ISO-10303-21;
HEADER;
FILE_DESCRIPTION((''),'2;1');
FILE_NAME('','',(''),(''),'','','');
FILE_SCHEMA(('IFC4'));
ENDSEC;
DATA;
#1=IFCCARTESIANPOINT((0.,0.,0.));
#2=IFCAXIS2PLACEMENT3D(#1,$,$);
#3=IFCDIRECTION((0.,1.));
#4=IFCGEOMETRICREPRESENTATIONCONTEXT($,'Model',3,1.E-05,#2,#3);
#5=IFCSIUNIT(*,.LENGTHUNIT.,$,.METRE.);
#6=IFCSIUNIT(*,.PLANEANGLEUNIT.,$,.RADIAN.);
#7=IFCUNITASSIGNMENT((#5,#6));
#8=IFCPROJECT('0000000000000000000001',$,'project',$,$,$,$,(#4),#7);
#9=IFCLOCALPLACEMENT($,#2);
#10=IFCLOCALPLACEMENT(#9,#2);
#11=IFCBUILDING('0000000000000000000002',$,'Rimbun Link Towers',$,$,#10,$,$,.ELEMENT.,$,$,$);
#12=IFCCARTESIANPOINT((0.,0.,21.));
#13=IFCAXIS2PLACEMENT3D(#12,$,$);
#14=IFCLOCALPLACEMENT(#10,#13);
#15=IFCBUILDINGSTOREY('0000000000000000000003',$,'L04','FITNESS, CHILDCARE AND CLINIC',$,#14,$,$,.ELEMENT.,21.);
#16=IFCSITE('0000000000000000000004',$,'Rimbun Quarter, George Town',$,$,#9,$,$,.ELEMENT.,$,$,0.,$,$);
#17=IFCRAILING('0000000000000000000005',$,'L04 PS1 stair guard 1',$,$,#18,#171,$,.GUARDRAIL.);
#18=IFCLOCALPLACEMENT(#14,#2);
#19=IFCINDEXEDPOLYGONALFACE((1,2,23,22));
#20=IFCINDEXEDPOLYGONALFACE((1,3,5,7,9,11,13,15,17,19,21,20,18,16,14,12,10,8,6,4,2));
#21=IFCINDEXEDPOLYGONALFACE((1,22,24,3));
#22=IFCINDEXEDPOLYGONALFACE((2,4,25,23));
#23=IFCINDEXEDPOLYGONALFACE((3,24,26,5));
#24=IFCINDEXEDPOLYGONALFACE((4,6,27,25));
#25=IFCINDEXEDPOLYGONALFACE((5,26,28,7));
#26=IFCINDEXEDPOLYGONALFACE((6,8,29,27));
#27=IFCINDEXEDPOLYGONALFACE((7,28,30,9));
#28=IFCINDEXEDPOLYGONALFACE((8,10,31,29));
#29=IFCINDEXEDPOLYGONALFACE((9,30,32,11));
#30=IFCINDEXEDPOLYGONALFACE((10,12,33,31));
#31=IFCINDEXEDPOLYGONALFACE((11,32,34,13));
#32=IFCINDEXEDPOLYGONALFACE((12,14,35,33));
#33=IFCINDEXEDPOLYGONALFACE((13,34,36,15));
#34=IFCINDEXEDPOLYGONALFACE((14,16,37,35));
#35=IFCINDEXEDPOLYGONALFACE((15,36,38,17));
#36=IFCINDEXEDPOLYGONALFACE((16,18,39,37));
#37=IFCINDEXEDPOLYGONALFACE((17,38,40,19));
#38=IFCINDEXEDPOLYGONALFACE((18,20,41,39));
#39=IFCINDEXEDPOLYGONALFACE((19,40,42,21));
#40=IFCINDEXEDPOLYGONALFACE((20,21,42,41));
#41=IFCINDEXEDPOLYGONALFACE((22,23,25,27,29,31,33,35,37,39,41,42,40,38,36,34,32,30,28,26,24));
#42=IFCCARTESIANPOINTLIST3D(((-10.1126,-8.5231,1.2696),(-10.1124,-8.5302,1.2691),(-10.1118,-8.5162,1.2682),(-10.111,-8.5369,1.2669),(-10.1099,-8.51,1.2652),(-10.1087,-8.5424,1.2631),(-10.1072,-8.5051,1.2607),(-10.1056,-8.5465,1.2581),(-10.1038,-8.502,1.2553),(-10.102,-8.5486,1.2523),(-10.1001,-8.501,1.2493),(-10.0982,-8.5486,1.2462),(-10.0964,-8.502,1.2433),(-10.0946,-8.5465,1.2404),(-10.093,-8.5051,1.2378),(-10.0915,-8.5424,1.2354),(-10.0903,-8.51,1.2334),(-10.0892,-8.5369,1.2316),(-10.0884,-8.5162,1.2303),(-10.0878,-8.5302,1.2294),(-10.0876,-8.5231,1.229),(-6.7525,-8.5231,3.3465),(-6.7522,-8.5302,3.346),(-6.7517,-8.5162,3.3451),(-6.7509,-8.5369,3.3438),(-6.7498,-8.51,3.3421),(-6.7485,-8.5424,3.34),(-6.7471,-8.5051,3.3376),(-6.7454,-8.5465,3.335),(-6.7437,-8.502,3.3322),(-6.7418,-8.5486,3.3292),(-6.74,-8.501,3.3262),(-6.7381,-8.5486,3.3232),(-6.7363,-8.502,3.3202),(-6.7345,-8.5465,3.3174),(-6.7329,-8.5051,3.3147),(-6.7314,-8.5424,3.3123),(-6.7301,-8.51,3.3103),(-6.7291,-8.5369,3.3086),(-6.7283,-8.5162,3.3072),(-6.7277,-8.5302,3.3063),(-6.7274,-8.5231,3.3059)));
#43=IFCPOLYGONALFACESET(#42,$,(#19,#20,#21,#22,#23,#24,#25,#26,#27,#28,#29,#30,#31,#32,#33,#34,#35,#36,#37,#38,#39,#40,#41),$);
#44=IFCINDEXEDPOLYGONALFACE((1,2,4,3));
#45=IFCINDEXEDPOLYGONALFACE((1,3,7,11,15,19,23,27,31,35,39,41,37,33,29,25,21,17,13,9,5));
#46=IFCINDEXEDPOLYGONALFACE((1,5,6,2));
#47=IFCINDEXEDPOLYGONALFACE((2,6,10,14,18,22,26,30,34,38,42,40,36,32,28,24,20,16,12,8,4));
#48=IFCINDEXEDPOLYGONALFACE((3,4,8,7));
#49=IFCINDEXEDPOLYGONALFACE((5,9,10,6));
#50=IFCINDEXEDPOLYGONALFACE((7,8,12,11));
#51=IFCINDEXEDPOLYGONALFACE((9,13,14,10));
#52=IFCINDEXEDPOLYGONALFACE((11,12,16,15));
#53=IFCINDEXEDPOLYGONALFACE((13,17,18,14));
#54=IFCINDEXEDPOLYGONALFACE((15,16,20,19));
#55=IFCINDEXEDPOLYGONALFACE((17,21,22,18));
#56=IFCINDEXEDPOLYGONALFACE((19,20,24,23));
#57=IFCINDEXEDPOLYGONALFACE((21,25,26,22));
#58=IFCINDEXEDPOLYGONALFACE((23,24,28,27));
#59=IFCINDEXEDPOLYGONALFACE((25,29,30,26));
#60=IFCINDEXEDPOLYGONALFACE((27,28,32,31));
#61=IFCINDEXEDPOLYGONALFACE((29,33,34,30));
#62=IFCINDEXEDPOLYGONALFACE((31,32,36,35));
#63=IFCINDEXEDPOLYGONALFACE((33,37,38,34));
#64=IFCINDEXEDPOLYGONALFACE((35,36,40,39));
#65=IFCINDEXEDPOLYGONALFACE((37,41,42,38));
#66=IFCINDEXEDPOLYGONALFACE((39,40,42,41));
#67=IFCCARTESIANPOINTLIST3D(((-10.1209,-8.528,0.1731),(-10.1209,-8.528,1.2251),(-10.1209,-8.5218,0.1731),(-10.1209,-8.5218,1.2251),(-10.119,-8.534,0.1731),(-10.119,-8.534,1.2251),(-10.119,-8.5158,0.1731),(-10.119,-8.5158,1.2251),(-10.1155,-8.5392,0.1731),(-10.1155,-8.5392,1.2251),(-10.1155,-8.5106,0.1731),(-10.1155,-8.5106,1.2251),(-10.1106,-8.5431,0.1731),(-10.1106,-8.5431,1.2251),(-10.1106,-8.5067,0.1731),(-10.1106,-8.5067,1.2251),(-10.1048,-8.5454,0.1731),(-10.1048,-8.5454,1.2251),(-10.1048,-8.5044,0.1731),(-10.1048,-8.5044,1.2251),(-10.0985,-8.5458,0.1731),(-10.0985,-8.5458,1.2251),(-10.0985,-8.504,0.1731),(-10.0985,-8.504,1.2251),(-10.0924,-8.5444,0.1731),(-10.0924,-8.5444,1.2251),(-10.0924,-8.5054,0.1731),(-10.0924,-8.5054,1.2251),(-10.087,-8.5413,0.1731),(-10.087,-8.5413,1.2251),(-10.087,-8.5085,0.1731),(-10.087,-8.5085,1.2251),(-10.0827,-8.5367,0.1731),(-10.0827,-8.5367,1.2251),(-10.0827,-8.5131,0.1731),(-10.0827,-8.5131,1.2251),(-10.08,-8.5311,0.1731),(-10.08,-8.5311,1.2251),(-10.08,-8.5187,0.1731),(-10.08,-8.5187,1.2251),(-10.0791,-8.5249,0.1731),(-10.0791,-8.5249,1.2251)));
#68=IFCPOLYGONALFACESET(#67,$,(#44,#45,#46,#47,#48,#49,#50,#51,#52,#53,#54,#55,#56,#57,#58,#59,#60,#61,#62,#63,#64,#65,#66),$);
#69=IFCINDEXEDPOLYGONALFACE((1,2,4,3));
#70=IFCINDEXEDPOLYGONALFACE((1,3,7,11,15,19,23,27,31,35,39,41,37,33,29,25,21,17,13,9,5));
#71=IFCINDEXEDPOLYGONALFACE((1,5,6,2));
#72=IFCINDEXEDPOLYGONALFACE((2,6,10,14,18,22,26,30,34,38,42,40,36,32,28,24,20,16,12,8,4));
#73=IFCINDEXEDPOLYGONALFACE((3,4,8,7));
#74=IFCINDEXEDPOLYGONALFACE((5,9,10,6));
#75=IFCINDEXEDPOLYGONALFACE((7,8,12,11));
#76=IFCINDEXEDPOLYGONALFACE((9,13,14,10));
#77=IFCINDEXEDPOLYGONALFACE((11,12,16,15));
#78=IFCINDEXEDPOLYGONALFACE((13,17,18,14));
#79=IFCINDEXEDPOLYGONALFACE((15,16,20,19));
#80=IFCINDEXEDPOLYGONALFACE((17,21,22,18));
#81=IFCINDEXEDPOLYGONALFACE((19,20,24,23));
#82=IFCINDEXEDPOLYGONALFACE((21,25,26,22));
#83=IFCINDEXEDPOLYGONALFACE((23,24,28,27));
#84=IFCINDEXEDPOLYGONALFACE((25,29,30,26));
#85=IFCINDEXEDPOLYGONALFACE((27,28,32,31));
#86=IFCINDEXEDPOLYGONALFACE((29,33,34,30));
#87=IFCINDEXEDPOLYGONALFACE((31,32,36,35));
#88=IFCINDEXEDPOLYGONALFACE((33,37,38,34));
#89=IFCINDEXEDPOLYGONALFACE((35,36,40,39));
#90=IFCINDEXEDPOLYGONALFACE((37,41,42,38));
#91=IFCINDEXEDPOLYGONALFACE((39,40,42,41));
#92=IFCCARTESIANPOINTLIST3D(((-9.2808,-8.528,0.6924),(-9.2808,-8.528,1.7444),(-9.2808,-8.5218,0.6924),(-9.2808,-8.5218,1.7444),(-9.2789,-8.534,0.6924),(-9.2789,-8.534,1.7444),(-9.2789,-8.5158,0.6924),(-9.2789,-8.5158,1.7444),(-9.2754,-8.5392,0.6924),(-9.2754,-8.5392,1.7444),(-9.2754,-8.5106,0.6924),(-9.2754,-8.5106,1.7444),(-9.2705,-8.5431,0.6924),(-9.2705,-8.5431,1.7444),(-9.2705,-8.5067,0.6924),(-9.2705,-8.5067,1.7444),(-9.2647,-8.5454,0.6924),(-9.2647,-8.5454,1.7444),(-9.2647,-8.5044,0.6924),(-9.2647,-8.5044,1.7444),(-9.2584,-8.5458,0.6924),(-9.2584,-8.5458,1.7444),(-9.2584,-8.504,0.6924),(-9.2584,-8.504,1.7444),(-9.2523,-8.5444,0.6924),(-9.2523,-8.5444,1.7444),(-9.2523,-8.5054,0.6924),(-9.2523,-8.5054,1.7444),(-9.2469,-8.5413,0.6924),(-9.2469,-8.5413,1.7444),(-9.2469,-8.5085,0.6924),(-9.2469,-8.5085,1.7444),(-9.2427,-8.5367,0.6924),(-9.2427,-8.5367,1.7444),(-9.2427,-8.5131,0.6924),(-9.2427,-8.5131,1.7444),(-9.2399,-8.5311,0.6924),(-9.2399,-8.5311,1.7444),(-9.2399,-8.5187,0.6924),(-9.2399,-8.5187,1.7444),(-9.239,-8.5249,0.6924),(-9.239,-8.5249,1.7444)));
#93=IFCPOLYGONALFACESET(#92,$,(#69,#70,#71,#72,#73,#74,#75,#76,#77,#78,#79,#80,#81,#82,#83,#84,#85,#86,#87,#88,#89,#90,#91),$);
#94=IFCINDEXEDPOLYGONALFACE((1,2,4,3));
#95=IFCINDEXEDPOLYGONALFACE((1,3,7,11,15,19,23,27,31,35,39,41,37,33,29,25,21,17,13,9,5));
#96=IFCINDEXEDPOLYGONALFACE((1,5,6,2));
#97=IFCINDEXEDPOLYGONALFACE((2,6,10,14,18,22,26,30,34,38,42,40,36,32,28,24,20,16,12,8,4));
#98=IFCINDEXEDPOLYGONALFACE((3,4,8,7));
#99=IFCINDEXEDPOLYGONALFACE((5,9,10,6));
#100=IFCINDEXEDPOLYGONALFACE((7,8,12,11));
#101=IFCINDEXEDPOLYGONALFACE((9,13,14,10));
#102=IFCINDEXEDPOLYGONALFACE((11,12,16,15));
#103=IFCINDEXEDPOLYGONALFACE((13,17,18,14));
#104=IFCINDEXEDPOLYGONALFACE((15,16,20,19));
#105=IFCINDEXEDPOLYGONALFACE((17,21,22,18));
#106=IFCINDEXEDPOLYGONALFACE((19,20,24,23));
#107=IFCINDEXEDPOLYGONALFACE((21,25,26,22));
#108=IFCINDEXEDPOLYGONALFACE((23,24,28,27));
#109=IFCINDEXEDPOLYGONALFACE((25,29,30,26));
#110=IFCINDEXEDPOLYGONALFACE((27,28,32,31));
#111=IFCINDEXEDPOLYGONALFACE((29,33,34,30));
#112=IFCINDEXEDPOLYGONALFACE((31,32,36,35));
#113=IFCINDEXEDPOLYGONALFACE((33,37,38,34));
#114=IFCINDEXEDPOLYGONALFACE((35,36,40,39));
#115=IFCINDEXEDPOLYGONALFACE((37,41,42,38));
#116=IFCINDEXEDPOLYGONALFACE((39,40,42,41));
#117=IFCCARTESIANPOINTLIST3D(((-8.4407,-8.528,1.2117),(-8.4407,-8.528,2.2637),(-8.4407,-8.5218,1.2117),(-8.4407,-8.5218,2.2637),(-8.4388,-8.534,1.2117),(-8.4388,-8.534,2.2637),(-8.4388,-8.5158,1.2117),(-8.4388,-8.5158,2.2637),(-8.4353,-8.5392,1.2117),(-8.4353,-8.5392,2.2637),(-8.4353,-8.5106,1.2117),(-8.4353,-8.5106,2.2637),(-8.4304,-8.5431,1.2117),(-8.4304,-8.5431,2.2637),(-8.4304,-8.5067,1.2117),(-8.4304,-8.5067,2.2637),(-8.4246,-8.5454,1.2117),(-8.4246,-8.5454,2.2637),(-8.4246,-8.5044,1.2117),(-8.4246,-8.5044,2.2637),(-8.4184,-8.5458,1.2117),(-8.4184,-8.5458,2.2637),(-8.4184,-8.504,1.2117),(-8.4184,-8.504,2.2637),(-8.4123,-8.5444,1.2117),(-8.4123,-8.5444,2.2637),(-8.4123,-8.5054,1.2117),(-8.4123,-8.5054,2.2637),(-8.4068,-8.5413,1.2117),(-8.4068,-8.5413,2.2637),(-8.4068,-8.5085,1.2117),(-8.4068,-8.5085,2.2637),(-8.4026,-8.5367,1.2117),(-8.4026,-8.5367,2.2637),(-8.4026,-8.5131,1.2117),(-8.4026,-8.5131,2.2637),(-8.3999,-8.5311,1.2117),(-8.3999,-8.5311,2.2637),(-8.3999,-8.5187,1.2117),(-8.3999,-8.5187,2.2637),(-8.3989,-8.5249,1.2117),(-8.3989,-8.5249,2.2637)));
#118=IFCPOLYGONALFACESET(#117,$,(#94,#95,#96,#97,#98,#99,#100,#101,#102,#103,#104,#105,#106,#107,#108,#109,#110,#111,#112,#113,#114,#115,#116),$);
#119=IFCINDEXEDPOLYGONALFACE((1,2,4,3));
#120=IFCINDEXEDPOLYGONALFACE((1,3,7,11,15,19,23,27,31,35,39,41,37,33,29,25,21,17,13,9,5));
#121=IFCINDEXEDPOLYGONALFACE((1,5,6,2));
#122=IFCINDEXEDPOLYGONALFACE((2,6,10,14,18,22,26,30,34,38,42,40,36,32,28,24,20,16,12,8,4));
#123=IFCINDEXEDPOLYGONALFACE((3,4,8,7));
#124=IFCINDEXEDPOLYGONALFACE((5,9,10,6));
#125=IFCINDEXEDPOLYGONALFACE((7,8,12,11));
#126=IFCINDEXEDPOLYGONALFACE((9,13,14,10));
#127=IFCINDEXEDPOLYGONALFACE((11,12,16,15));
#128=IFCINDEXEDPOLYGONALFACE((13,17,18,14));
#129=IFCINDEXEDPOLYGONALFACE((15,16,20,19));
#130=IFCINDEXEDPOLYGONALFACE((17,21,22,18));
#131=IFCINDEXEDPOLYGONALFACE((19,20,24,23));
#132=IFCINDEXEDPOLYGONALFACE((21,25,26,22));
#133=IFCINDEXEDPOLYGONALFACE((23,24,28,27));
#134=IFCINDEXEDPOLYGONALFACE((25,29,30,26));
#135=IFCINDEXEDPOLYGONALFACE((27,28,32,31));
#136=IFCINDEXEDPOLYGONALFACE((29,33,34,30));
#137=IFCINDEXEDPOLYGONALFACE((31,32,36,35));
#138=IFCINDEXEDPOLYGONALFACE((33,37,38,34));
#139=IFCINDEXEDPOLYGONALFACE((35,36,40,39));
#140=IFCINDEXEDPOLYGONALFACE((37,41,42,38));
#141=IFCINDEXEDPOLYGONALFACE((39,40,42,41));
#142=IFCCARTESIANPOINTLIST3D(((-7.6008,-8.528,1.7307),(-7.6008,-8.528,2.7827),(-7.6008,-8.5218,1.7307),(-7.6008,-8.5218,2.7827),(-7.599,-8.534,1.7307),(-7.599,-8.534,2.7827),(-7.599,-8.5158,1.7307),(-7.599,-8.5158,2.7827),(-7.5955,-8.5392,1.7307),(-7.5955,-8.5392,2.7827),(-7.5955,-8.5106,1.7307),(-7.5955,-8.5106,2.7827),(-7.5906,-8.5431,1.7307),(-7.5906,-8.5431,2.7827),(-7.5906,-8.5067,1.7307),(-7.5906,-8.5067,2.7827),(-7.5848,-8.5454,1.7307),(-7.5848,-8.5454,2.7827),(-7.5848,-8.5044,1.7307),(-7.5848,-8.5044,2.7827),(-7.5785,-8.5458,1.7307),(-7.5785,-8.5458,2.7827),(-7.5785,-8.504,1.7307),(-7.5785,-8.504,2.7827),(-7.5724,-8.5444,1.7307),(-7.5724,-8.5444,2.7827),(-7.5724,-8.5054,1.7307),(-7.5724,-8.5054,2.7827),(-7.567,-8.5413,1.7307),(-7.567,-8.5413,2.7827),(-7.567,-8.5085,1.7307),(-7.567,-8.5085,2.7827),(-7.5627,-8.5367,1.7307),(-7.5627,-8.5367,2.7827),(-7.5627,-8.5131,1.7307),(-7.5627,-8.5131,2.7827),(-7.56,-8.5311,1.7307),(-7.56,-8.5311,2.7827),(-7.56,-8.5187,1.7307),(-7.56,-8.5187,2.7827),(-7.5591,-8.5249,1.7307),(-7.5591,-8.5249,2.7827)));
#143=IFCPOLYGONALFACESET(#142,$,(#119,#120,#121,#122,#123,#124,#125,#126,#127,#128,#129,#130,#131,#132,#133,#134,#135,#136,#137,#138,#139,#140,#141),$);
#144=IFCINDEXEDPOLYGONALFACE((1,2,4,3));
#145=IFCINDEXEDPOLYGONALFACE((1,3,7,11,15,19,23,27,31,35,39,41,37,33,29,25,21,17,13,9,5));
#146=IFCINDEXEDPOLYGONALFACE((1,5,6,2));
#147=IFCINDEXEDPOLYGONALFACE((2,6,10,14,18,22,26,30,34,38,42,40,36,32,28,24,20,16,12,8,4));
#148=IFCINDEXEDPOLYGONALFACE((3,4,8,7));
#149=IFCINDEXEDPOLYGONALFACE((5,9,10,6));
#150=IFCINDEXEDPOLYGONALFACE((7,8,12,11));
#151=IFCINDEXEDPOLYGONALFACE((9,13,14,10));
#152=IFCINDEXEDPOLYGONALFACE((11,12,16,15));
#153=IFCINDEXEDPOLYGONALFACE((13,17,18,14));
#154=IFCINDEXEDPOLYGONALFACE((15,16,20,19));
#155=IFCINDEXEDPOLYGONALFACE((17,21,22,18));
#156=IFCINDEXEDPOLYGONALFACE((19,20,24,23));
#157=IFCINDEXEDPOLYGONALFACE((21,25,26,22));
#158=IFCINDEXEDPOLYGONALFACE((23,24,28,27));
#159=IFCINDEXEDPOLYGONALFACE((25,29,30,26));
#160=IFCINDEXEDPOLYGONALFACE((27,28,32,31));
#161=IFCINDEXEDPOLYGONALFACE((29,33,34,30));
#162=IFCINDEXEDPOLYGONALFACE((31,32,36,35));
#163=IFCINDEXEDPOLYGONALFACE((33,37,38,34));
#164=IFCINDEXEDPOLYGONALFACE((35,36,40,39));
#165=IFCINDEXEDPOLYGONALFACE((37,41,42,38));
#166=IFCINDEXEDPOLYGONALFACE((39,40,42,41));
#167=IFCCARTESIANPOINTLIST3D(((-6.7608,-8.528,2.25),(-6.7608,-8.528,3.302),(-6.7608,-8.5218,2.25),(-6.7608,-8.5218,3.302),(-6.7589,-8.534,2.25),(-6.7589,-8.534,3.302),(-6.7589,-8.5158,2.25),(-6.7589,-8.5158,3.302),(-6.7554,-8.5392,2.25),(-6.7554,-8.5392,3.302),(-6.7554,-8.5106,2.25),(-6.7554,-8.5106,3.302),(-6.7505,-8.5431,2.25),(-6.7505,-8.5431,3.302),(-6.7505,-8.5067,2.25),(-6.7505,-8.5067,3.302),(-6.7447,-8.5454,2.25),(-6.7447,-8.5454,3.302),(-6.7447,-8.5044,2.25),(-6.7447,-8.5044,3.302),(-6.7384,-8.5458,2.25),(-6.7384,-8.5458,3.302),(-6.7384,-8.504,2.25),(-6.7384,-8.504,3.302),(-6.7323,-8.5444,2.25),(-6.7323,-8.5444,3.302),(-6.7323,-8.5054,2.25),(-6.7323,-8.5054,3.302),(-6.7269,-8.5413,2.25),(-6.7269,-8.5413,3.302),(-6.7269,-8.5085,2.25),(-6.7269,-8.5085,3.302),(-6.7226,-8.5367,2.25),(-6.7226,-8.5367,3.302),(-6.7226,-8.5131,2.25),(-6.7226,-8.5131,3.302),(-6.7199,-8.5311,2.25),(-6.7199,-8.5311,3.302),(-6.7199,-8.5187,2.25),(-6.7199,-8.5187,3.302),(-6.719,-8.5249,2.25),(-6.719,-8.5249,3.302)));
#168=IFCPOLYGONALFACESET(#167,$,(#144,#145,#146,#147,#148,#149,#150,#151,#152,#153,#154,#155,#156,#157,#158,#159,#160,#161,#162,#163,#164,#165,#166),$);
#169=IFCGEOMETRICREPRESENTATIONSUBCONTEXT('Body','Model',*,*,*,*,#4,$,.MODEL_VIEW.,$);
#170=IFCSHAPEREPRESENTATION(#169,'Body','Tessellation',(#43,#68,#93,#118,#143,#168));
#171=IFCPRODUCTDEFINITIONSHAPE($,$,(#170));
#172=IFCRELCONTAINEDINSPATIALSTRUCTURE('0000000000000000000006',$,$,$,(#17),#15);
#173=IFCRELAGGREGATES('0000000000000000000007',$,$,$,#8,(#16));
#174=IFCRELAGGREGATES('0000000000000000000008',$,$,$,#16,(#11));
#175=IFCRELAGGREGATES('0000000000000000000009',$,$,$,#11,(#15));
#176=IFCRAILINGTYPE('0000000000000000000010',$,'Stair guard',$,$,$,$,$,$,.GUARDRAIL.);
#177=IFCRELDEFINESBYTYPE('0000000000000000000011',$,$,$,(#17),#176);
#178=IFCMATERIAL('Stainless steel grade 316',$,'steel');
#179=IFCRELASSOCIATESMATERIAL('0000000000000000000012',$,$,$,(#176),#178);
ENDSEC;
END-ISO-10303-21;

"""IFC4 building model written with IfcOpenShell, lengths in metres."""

from ifc_helpers import new_model, si_unit, direction, frame, origin, origin_2d, place, context, subcontext, project, spatial, circle, extrude, material, type_object, element, save


model = new_model("IFC4")

# Units and contexts
model_context = context("Model", 3, precision=1e-05, world=origin(), true_north=direction((0.0, 1.0)))
body_context = subcontext(model_context, "Body", "Model", "MODEL_VIEW")
ifc_project = project(units=[si_unit("LENGTHUNIT", "METRE"), si_unit("PLANEANGLEUNIT", "RADIAN")], contexts=[model_context])

# Site, building, storey
site_placement = place(None, origin())
site = spatial("IfcSite", under=ifc_project, at=site_placement, Name="Rimbun Quarter, George Town", CompositionType="ELEMENT", RefElevation=0.0)
building_placement = place(site_placement, origin())
building = spatial("IfcBuilding", under=site, at=building_placement, Name="Rimbun Link Towers", CompositionType="ELEMENT")
storey_placement = place(building_placement, frame((0.0, 0.0, 21.0)))
storey = spatial("IfcBuildingStorey", under=building, at=storey_placement, Name="L04", Description="FITNESS, CHILDCARE AND CLINIC", CompositionType="ELEMENT", Elevation=21.0)

# Railing
ifc_material_1 = material(Name="Stainless steel grade 316", Category="steel")
railing_type_1 = type_object("IfcRailingType", Name="Stair guard", PredefinedType="GUARDRAIL", material=ifc_material_1)
railing_1_placement = place(storey_placement, frame((-10.1001, -8.5249, 0.1731)))
element("IfcRailing", 1, at=railing_1_placement, inside=storey, type_object=railing_type_1, Name="L04 PS1 stair guard 1", PredefinedType="GUARDRAIL", context=body_context, shape_type="SweptSolid", body=[
    extrude(circle(Radius=0.0239, at=origin_2d()), frame((0.0, 0.0, 1.0762), z_axis=(0.850623, 0.0, 0.525776), x_axis=(0.0, 1.0, 0.0)), (0.0, 0.0, 1.0), 3.9502),
    extrude(circle(Radius=0.021, at=origin_2d()), origin(), (0.0, 0.0, 1.0), 1.052),
    extrude(circle(Radius=0.021, at=origin_2d()), frame((0.8401, 0.0, 0.5193)), (0.0, 0.0, 1.0), 1.052),
    extrude(circle(Radius=0.021, at=origin_2d()), frame((1.6802, 0.0, 1.0386)), (0.0, 0.0, 1.0), 1.052),
    extrude(circle(Radius=0.021, at=origin_2d()), frame((2.52, 0.0, 1.5576)), (0.0, 0.0, 1.0), 1.052),
    extrude(circle(Radius=0.021, at=origin_2d()), frame((3.3601, 0.0, 2.0769)), (0.0, 0.0, 1.0), 1.052),
])

save(model, "model.ifc")
